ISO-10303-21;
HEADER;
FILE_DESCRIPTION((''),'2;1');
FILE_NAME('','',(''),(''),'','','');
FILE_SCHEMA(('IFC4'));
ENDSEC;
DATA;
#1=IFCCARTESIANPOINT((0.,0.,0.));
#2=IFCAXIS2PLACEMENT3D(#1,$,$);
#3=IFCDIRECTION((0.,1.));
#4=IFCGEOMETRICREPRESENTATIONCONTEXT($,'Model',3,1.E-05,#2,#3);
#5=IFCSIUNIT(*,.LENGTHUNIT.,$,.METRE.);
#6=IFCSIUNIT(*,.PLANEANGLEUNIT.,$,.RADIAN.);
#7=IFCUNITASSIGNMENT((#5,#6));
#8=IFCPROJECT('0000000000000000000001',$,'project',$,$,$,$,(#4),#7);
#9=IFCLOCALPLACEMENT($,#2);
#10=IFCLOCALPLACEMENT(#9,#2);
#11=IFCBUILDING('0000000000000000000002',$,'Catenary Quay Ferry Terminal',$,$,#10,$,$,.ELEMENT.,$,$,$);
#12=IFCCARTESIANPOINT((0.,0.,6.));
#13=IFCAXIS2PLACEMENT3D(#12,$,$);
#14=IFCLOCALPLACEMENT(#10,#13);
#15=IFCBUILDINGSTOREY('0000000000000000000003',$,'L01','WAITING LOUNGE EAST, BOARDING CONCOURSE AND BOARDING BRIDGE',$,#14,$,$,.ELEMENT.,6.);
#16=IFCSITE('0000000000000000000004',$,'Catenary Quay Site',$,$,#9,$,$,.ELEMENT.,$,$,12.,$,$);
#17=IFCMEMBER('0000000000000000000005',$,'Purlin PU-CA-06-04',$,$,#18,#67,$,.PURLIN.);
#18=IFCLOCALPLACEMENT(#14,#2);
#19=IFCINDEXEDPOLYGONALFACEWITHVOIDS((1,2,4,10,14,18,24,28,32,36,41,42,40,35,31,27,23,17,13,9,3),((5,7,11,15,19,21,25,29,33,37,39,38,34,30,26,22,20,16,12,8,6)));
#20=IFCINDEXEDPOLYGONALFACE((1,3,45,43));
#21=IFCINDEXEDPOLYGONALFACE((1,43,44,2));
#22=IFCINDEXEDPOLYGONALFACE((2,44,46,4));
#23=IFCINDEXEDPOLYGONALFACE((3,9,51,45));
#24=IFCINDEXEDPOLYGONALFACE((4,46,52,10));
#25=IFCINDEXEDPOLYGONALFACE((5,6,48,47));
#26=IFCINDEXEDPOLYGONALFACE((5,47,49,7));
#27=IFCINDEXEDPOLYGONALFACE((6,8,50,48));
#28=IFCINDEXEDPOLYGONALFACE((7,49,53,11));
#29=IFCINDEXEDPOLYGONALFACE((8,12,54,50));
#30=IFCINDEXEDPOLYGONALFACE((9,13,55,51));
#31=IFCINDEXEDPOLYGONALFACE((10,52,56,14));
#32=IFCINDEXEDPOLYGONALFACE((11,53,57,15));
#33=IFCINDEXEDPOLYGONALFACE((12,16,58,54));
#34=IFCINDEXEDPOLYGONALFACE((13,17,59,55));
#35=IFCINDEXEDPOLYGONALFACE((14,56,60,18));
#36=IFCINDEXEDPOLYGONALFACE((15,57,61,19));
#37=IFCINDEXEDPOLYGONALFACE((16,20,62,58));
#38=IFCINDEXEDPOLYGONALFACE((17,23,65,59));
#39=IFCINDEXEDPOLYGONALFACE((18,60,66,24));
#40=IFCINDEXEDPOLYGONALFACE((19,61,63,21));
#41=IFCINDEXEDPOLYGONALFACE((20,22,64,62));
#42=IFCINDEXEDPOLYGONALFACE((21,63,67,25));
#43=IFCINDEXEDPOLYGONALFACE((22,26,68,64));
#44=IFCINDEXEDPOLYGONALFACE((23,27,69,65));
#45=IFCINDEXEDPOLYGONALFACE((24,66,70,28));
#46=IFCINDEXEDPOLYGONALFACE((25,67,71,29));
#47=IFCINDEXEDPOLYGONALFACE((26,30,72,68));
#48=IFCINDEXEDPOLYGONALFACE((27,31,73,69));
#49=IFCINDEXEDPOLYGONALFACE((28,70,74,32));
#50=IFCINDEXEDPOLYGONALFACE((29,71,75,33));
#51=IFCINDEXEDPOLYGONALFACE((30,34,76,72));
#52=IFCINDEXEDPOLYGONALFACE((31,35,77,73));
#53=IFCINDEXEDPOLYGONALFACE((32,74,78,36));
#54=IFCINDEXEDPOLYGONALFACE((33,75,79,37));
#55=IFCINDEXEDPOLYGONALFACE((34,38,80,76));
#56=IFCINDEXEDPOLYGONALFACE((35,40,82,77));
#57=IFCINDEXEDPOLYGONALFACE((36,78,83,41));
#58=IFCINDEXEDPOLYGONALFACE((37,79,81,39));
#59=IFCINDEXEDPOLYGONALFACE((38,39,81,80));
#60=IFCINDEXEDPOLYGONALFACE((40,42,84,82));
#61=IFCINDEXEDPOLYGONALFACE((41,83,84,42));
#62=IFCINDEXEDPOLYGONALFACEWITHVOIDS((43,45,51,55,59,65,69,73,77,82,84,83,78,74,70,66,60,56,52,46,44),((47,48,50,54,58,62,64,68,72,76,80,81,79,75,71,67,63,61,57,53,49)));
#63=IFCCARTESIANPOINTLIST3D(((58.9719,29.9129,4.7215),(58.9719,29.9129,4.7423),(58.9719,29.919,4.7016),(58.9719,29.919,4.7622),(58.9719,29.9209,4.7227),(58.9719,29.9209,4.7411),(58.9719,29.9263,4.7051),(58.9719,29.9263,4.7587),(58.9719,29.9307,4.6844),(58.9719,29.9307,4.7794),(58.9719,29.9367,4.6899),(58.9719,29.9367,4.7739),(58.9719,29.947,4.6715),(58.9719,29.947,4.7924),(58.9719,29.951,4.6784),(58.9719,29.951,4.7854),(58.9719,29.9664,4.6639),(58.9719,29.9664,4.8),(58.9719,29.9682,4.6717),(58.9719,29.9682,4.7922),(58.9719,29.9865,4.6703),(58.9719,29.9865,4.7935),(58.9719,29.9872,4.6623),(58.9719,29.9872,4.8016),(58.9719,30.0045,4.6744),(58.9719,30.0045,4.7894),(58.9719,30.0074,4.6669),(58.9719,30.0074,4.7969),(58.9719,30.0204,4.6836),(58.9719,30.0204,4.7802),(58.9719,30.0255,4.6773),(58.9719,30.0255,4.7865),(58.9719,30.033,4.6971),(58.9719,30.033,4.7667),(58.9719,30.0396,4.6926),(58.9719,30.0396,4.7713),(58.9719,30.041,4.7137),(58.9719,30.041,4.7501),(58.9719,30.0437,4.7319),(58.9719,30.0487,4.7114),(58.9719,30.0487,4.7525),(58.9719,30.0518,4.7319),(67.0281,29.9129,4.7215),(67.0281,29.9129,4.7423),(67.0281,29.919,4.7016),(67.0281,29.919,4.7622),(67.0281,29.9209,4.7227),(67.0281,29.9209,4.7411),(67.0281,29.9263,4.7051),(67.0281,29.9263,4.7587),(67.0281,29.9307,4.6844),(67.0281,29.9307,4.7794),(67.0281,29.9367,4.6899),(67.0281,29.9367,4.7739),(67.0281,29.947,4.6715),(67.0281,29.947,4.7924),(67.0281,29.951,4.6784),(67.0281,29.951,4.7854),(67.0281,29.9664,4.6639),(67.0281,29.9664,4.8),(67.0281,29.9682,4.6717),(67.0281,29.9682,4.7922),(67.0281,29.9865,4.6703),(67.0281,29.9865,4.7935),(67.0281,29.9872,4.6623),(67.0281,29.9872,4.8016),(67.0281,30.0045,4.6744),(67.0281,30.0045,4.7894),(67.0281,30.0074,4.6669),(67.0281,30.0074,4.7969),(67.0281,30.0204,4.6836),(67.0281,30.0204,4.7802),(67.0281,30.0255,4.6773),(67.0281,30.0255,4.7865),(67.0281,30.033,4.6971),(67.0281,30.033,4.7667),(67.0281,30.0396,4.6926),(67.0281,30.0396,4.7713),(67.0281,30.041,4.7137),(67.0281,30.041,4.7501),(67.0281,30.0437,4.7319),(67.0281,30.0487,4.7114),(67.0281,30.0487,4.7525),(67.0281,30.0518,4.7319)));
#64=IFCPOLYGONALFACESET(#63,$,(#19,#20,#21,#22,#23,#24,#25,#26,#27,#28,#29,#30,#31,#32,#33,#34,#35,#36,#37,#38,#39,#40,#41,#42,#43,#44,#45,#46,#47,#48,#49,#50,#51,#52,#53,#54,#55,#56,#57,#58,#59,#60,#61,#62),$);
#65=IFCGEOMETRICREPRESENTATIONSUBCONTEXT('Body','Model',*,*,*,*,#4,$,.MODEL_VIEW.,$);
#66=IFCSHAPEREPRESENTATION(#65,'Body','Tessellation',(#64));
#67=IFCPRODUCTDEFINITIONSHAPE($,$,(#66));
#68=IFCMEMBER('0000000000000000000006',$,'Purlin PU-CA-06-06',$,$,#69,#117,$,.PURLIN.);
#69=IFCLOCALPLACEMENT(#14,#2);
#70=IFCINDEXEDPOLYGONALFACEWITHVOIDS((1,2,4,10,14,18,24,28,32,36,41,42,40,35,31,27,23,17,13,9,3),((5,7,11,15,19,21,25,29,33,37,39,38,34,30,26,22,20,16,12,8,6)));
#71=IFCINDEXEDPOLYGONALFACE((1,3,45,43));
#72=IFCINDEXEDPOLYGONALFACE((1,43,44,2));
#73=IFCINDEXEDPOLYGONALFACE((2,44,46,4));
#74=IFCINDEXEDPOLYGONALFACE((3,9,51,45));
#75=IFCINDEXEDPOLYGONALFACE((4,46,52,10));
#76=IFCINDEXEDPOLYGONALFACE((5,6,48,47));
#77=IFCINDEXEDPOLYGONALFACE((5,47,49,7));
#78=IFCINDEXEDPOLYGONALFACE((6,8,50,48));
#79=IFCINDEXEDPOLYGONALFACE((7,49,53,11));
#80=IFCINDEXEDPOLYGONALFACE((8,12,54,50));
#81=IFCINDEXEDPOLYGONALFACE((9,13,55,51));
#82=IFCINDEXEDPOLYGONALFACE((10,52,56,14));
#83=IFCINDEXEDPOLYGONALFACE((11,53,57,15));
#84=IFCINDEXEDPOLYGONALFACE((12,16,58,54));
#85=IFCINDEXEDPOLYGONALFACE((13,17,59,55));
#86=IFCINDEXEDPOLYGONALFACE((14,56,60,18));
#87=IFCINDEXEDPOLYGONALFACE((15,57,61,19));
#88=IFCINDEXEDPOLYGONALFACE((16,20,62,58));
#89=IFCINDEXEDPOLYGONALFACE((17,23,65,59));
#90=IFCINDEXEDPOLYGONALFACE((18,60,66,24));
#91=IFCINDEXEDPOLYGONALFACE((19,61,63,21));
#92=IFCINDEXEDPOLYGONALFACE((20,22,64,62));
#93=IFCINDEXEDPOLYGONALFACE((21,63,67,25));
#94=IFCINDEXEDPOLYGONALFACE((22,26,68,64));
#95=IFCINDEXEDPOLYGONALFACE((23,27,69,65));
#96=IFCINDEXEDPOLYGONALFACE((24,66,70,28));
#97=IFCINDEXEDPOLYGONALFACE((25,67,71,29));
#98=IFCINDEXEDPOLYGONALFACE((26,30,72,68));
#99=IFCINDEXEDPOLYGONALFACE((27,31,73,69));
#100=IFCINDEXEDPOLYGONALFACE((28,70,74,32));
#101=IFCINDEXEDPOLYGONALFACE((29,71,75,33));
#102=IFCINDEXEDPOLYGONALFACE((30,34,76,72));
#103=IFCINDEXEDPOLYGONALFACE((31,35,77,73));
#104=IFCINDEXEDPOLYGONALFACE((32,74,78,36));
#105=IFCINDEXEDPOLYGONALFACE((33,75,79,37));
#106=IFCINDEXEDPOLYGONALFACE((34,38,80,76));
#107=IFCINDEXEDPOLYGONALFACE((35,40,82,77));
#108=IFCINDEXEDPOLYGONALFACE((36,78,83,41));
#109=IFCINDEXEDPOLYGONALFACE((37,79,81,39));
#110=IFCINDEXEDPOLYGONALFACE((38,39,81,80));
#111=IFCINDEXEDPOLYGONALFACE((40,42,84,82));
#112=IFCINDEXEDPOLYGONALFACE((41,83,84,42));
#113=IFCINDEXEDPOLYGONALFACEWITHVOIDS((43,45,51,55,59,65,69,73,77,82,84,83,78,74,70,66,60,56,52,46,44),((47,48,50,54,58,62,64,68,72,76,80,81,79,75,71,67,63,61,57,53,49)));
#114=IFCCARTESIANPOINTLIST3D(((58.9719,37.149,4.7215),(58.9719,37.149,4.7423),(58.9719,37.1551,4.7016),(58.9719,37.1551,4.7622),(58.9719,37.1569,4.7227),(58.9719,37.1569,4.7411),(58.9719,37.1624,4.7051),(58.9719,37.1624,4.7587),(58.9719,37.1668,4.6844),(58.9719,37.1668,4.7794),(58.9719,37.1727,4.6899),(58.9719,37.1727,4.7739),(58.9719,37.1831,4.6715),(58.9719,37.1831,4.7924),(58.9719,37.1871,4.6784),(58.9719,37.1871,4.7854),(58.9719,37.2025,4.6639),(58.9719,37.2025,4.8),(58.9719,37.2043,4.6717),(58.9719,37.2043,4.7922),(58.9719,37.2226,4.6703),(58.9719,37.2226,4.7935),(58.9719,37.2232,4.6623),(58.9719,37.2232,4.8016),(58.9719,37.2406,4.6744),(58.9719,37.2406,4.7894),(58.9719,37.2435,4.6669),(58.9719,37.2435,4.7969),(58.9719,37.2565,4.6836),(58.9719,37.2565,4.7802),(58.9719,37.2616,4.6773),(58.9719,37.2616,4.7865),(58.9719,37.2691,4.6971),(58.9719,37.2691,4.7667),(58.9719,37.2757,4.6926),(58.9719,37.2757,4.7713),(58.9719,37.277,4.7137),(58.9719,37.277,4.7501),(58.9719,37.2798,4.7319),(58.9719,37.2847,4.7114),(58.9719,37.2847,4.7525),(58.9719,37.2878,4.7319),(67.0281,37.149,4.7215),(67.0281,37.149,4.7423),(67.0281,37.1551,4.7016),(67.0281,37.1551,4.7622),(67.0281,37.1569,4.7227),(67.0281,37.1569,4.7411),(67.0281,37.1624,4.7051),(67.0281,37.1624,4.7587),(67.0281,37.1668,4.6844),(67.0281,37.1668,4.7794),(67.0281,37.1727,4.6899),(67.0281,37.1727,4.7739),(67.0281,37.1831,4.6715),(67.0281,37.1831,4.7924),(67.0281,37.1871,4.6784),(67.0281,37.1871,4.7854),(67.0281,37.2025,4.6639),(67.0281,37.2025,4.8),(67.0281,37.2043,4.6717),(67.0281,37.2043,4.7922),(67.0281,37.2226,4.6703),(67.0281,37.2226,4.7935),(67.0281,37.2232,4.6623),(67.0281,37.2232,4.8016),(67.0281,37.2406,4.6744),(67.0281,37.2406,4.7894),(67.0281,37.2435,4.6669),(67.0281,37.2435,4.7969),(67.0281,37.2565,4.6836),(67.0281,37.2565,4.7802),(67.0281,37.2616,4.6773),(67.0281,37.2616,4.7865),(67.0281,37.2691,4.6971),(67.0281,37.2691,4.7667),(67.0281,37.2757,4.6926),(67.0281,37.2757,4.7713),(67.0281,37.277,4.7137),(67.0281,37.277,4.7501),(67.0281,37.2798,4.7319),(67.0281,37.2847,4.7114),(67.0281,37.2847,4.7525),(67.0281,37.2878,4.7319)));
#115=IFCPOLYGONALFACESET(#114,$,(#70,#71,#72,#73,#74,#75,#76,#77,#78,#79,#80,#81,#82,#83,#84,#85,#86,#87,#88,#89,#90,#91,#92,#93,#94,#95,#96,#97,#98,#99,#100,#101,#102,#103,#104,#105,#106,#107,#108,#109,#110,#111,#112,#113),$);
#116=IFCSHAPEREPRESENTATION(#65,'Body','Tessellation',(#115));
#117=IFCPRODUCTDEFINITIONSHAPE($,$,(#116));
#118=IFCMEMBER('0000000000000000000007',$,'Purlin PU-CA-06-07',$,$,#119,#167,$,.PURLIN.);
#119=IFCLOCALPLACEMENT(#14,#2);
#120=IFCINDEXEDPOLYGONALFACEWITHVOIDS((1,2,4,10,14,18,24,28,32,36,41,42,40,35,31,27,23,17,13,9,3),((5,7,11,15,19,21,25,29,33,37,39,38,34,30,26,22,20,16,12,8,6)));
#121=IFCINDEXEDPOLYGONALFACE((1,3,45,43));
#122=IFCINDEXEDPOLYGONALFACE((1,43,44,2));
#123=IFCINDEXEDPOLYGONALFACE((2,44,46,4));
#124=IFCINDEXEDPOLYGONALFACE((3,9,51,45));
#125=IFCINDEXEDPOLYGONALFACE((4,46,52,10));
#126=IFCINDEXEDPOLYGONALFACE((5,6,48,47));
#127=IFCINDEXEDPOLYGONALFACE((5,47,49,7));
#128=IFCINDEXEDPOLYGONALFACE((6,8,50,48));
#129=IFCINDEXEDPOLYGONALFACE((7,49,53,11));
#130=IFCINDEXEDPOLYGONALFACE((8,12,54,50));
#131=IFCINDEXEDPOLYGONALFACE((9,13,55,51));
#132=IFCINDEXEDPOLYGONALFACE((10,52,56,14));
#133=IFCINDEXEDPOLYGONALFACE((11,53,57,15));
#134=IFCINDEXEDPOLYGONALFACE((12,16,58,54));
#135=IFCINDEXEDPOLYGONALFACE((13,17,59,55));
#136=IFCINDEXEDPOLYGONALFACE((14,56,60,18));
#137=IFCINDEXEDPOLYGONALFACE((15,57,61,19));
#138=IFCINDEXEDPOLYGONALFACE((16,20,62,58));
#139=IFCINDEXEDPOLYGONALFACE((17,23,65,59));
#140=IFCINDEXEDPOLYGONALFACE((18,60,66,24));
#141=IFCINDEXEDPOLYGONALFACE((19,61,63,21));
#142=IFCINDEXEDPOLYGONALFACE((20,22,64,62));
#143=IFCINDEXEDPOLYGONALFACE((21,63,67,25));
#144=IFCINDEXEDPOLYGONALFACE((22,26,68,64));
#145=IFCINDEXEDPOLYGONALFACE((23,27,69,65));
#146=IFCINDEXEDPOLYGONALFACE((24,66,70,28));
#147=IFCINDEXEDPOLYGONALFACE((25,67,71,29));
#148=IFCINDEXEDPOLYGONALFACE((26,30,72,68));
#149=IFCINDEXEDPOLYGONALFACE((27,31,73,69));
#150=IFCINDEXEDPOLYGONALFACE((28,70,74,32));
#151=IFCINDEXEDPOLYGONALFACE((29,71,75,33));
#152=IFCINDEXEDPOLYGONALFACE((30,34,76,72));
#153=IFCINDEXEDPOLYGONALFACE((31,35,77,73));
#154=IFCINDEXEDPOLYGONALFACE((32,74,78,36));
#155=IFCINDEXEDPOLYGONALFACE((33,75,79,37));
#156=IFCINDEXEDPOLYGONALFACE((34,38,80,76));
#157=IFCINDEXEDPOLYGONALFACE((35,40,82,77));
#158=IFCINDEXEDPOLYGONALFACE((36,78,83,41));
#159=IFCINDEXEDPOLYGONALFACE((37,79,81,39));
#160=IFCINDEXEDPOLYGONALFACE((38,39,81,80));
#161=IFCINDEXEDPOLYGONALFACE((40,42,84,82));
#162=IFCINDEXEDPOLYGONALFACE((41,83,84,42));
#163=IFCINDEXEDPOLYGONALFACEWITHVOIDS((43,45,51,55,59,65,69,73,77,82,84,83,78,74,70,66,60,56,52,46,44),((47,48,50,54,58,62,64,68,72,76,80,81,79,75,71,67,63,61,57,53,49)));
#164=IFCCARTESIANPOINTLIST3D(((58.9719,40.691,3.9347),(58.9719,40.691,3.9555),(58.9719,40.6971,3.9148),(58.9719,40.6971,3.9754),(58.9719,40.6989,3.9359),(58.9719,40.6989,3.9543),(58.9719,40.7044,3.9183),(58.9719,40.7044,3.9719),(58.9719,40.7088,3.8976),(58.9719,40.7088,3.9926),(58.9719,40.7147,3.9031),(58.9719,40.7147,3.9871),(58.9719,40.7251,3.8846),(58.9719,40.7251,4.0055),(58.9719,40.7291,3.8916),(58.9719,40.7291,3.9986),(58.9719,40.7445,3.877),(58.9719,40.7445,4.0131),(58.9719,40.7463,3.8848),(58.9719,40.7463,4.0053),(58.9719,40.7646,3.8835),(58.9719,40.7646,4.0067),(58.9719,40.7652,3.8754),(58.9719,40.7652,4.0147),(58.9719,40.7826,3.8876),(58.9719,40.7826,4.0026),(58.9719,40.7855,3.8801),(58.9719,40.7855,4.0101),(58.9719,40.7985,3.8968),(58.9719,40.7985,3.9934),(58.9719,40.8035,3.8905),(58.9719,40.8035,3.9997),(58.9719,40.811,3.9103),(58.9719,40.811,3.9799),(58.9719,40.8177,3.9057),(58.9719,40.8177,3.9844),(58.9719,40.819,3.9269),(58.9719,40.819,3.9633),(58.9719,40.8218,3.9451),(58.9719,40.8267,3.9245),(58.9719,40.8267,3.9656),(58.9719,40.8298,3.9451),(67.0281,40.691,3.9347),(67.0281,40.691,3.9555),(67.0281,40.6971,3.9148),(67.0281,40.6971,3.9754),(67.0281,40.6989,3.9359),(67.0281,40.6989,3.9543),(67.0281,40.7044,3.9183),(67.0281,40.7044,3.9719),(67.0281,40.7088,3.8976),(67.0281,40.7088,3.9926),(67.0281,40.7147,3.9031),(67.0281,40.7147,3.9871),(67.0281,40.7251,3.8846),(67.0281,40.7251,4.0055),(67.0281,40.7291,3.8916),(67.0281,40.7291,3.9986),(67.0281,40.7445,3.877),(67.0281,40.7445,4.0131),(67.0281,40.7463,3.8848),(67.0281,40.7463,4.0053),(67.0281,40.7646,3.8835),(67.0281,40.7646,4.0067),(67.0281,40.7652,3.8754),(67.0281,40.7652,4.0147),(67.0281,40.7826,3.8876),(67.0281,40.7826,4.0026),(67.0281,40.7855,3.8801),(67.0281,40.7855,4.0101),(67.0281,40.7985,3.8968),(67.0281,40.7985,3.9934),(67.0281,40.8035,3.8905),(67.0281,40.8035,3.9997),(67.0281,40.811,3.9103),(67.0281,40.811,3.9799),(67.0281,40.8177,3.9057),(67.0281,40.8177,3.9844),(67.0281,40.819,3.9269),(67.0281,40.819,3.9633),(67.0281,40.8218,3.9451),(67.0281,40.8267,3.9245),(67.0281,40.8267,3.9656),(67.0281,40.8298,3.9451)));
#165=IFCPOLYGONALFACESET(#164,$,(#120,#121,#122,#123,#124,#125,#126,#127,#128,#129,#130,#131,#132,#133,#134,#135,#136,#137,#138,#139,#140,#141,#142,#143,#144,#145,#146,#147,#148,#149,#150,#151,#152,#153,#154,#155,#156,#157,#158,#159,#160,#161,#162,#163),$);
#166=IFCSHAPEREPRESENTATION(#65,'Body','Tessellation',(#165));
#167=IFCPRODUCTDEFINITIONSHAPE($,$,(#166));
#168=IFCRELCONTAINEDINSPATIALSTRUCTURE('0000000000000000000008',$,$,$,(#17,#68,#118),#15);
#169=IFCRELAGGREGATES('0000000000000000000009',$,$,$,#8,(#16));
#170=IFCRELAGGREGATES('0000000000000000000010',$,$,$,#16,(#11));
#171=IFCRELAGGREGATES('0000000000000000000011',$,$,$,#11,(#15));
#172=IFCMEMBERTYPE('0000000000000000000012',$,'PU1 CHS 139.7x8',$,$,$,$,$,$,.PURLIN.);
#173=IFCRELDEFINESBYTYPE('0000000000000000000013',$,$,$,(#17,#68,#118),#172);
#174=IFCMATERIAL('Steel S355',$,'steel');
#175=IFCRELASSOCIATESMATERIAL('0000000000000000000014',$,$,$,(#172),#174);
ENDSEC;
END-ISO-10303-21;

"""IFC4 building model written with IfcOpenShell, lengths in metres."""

from ifc_helpers import new_model, si_unit, direction, frame, origin, origin_2d, place, context, subcontext, project, spatial, hollow_circle, extrude, material, material_profile, profile_set, type_object, element, save


model = new_model("IFC4")

# Units and contexts
model_context = context("Model", 3, precision=1e-05, world=origin(), true_north=direction((0.0, 1.0)))
body_context = subcontext(model_context, "Body", "Model", "MODEL_VIEW")
ifc_project = project(units=[si_unit("LENGTHUNIT", "METRE"), si_unit("PLANEANGLEUNIT", "RADIAN")], contexts=[model_context])

# Site, building, storey
site_placement = place(None, origin())
site = spatial("IfcSite", under=ifc_project, at=site_placement, Name="Catenary Quay Site", CompositionType="ELEMENT", RefElevation=12.0)
building_placement = place(site_placement, origin())
building = spatial("IfcBuilding", under=site, at=building_placement, Name="Catenary Quay Ferry Terminal", CompositionType="ELEMENT")
storey_placement = place(building_placement, frame((0.0, 0.0, 6.0)))
storey = spatial("IfcBuildingStorey", under=building, at=storey_placement, Name="L01", Description="WAITING LOUNGE EAST, BOARDING CONCOURSE AND BOARDING BRIDGE", CompositionType="ELEMENT", Elevation=6.0)

# Members
ifc_material_1 = material(Name="Steel S355", Category="steel")
ifc_material_profile_1 = material_profile(ifc_material_1, hollow_circle(Radius=0.0698, WallThickness=0.0081, at=origin_2d()), Name="CHS 139.7x8")
ifc_profile_set_1 = profile_set([ifc_material_profile_1], Name="Steel S355")
member_type_1 = type_object("IfcMemberType", Name="PU1 CHS 139.7x8", PredefinedType="PURLIN", material=ifc_profile_set_1)
for number, where, z_axis, x_axis, name in (
    (1, (58.9719, 29.9819, 4.7319), (1.0, 0.0, 0.0), (0.0, 1.0, 0.0), "Purlin PU-CA-06-04"),
    (2, (58.9719, 37.218, 4.7319), (1.0, 0.0, 0.0), (0.0, 1.0, 0.0), "Purlin PU-CA-06-06"),
    (3, (58.9719, 40.76, 3.9451), (1.0, 0.0, 0.0), (0.0, 1.0, 0.0), "Purlin PU-CA-06-07"),
):
    element("IfcMember", number, at=place(storey_placement, frame(where, z_axis=z_axis, x_axis=x_axis)), inside=storey, type_object=member_type_1, Name=name, PredefinedType="PURLIN", context=body_context, shape_type="SweptSolid", body=[
        extrude(hollow_circle(Radius=0.0698, WallThickness=0.0081, at=origin_2d()), origin(), (0.0, 0.0, 1.0), 8.0562),
    ])

save(model, "model.ifc")
